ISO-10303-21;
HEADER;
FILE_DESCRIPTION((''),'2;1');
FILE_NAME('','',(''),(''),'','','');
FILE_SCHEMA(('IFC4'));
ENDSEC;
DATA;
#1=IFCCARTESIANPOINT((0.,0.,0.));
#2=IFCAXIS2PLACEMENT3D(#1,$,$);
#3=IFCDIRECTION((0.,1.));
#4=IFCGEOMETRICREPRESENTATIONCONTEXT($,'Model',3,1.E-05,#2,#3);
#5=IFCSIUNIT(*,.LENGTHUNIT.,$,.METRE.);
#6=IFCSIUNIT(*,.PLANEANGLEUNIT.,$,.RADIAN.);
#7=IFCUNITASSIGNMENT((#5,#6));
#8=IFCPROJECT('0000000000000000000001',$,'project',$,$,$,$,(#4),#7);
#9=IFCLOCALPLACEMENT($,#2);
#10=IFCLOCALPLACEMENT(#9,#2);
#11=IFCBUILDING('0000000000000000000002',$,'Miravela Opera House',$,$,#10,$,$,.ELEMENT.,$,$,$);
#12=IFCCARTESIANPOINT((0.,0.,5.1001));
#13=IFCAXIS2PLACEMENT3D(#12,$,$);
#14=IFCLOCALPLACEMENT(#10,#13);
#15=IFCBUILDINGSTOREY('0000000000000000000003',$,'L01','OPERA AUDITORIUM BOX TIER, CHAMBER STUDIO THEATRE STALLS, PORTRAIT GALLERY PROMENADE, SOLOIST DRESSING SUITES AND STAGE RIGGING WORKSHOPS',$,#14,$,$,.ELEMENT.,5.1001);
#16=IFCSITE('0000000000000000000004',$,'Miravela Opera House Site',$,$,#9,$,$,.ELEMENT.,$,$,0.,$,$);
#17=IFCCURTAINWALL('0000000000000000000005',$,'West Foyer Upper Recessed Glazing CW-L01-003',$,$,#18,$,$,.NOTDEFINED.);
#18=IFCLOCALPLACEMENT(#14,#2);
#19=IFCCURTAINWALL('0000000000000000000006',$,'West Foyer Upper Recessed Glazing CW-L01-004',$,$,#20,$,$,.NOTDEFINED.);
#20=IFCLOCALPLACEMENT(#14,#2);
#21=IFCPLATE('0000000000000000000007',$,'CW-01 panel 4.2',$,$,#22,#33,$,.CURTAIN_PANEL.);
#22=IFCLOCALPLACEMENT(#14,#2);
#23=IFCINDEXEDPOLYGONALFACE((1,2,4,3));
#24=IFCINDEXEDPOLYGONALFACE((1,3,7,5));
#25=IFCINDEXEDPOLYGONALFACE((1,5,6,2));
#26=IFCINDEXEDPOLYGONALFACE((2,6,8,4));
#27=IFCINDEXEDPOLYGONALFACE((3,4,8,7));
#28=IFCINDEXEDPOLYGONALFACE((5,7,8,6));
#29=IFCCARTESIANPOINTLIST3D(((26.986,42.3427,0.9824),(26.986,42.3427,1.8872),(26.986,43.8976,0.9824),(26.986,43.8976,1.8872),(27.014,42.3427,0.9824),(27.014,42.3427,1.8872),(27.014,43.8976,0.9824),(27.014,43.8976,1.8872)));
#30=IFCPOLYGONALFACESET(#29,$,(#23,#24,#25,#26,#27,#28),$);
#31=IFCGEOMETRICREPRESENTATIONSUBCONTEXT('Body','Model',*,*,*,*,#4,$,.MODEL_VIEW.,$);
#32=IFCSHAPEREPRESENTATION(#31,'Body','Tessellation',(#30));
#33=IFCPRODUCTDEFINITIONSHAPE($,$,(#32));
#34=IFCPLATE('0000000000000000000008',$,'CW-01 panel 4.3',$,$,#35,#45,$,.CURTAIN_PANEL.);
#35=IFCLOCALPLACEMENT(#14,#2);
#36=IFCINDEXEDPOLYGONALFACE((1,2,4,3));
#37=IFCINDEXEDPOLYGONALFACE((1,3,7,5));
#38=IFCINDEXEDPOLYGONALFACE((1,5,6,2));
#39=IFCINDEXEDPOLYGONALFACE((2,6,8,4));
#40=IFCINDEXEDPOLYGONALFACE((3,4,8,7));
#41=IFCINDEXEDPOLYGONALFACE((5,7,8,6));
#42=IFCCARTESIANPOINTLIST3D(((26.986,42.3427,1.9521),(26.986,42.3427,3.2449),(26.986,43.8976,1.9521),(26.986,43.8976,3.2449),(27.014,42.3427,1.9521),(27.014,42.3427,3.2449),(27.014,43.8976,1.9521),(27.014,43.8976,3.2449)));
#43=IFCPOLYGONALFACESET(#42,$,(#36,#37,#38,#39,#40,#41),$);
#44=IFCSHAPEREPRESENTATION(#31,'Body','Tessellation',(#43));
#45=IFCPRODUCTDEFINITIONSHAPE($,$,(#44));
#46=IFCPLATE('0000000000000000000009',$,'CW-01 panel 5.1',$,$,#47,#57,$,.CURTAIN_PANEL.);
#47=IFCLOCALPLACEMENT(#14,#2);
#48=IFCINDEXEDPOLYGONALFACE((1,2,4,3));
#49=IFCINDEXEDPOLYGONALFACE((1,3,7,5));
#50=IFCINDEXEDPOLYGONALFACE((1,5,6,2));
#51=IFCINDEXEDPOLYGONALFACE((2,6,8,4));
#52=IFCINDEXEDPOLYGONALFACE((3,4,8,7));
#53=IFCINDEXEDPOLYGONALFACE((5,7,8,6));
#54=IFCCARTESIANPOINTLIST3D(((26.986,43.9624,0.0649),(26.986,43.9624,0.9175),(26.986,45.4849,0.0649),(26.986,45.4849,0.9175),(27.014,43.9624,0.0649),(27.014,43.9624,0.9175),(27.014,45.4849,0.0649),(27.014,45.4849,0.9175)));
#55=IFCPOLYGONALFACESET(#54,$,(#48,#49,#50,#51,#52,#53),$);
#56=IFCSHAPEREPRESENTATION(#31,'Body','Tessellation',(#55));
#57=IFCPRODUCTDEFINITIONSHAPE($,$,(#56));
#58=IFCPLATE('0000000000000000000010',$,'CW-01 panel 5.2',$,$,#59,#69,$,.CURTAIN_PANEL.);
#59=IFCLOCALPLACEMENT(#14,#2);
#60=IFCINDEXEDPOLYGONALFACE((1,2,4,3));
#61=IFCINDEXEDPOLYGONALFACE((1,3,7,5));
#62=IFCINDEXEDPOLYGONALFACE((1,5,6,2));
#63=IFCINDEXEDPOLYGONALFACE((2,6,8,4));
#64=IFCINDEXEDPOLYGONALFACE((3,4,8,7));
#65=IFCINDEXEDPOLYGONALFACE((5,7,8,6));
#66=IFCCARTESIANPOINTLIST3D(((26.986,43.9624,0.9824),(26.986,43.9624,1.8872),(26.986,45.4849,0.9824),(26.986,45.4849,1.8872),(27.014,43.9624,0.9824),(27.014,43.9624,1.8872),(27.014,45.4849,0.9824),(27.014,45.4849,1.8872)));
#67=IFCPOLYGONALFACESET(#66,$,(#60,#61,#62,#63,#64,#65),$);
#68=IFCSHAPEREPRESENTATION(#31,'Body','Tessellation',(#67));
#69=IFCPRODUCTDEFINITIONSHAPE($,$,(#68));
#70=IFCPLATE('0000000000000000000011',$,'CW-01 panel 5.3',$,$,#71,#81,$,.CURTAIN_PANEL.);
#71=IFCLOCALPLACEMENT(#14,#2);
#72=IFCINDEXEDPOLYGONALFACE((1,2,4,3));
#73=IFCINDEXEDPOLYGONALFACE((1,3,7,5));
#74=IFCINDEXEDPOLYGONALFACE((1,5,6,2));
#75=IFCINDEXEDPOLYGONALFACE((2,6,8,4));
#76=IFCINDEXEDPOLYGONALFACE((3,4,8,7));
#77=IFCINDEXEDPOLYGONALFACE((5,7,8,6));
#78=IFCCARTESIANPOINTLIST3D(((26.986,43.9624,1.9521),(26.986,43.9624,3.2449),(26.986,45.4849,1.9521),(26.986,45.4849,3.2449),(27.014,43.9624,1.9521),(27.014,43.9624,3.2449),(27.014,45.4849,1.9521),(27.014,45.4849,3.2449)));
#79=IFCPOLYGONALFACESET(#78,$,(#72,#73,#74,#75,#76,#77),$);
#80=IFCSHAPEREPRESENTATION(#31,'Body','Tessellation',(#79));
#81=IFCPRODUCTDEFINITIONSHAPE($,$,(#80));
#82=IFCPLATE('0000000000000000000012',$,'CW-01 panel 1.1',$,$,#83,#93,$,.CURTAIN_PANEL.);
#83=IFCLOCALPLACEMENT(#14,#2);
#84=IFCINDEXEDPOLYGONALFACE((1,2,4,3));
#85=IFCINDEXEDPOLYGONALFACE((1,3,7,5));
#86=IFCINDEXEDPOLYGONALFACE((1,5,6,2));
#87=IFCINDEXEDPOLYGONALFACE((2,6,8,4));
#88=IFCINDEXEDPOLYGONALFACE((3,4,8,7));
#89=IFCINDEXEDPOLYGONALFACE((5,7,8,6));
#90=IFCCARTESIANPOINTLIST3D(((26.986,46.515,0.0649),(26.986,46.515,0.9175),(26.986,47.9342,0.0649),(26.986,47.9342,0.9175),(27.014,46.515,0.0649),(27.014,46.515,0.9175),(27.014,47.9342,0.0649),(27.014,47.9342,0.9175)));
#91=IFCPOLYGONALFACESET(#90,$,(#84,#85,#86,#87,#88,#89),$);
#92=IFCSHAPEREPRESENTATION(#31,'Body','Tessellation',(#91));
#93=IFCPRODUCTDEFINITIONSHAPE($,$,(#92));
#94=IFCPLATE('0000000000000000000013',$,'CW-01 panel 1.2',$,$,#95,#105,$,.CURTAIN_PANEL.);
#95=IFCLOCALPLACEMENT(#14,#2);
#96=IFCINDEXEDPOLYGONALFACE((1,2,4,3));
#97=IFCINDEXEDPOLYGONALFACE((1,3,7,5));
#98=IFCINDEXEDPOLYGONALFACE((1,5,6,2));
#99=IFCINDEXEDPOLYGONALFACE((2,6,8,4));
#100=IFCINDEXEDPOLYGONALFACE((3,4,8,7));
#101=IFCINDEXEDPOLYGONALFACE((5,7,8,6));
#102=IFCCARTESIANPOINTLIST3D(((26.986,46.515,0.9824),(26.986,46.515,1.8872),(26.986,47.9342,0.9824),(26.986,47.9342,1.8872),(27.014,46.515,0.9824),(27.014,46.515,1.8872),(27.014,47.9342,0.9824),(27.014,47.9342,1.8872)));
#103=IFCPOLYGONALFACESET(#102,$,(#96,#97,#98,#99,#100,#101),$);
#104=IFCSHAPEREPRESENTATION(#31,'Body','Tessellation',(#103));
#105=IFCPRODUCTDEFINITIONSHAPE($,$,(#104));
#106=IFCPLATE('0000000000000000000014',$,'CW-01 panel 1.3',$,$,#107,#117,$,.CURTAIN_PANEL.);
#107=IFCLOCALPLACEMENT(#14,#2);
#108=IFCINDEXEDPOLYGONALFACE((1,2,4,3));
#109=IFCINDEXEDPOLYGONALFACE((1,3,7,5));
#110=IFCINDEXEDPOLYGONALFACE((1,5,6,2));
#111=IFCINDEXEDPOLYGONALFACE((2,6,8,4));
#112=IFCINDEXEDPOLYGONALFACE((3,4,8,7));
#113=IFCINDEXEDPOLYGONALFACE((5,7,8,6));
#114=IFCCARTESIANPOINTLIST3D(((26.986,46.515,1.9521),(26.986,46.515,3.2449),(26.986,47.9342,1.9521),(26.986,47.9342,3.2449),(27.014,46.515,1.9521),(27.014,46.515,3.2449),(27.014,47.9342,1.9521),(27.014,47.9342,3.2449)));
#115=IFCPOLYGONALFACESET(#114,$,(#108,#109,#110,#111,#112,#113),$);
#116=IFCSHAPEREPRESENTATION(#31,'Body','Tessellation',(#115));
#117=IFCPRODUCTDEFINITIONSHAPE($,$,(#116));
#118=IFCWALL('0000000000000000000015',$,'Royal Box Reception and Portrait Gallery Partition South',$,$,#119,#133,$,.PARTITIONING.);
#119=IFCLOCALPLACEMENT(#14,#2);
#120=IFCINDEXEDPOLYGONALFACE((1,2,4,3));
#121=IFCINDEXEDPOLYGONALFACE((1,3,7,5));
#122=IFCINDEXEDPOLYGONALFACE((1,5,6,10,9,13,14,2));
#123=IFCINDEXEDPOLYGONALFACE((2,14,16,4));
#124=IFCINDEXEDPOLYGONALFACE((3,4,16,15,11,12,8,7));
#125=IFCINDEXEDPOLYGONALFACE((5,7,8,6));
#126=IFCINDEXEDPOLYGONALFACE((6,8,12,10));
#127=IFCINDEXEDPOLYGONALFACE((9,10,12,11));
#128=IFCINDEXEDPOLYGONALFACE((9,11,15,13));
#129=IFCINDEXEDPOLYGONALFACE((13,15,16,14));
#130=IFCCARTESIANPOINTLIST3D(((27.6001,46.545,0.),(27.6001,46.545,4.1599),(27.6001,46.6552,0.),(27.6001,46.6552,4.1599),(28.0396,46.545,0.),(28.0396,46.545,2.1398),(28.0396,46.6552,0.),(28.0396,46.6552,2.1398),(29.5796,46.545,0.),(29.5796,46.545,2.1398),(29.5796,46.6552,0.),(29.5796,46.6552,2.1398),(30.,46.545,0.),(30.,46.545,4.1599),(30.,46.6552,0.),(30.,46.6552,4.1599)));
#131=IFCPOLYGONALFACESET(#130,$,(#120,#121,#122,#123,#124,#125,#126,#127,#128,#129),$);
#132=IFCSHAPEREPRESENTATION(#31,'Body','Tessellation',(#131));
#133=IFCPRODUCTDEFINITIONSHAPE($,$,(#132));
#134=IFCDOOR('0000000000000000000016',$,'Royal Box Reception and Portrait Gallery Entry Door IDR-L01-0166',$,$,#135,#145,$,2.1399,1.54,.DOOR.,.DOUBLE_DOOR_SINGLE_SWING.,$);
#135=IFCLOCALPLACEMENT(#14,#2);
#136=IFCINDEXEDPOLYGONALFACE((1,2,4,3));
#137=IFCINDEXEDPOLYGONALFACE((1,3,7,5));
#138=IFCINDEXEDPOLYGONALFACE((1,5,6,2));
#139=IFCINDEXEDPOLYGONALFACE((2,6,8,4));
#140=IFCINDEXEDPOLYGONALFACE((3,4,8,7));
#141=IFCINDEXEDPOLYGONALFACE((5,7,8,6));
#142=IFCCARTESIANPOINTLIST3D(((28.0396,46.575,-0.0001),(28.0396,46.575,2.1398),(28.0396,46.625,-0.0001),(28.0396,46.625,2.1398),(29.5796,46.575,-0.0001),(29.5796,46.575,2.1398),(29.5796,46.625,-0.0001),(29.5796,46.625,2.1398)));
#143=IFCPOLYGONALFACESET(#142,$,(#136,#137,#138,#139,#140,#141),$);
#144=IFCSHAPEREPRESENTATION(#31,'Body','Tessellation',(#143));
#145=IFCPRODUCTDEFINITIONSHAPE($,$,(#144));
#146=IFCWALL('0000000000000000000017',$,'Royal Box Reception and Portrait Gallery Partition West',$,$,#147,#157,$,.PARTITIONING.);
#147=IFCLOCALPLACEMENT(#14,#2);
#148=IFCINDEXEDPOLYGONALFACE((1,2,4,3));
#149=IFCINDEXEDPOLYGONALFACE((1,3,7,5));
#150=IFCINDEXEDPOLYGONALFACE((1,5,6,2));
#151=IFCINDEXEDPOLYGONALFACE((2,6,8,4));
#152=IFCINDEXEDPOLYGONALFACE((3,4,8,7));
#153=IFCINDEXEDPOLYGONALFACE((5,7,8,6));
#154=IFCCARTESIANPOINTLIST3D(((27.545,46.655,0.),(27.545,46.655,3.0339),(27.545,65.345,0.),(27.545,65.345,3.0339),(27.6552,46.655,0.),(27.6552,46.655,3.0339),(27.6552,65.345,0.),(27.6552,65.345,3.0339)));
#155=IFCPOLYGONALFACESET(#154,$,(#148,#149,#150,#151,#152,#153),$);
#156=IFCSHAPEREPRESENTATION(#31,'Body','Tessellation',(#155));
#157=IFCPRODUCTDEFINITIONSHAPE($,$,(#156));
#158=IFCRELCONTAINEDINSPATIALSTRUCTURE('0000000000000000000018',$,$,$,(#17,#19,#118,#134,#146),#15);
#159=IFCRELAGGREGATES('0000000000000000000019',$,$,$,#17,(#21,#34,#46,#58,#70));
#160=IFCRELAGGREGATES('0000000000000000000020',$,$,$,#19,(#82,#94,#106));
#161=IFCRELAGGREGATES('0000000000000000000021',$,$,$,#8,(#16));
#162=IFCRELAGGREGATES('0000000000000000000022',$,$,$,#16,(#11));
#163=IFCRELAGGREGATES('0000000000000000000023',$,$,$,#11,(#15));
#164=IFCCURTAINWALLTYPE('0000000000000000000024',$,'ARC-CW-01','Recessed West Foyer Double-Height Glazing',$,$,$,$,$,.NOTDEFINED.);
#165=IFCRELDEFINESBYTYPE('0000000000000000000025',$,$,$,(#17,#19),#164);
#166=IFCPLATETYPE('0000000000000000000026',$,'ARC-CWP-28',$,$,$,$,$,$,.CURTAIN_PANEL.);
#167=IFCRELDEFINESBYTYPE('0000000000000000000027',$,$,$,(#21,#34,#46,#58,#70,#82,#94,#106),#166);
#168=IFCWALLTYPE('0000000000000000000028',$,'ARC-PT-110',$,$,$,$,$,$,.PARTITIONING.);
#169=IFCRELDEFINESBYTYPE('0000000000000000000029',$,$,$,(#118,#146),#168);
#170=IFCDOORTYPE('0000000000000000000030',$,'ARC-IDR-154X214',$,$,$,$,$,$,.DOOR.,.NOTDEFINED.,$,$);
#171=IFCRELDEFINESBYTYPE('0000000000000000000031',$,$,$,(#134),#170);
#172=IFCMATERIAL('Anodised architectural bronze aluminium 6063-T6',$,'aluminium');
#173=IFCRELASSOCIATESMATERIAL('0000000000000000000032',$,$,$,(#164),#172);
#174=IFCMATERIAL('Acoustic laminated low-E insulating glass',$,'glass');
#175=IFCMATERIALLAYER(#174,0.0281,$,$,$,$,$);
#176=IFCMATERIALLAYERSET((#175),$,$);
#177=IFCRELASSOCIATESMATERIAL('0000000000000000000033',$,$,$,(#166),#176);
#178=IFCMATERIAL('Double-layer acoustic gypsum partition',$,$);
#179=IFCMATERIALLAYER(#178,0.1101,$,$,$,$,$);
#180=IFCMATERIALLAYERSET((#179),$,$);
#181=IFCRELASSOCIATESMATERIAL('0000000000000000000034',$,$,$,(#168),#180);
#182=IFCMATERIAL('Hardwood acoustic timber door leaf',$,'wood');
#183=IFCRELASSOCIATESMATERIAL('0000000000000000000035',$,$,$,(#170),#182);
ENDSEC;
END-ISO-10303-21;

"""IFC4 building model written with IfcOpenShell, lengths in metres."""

from ifc_helpers import new_model, si_unit, direction, frame, frame_2d, origin, origin_2d, place, context, subcontext, project, spatial, rectangle, extrude, material, layer, layer_set, type_object, element, fill, aggregate, save


model = new_model("IFC4")

# Units and contexts
model_context = context("Model", 3, precision=1e-05, world=origin(), true_north=direction((0.0, 1.0)))
body_context = subcontext(model_context, "Body", "Model", "MODEL_VIEW")
ifc_project = project(units=[si_unit("LENGTHUNIT", "METRE"), si_unit("PLANEANGLEUNIT", "RADIAN")], contexts=[model_context])

# Site, building, storey
site_placement = place(None, origin())
site = spatial("IfcSite", under=ifc_project, at=site_placement, Name="Miravela Opera House Site", CompositionType="ELEMENT", RefElevation=0.0)
building_placement = place(site_placement, origin())
building = spatial("IfcBuilding", under=site, at=building_placement, Name="Miravela Opera House", CompositionType="ELEMENT")
storey_placement = place(building_placement, frame((0.0, 0.0, 5.1001)))
storey = spatial("IfcBuildingStorey", under=building, at=storey_placement, Name="L01", Description="OPERA AUDITORIUM BOX TIER, CHAMBER STUDIO THEATRE STALLS, PORTRAIT GALLERY PROMENADE, SOLOIST DRESSING SUITES AND STAGE RIGGING WORKSHOPS", CompositionType="ELEMENT", Elevation=5.1001)

# Curtain walls
ifc_material_1 = material(Name="Anodised architectural bronze aluminium 6063-T6", Category="aluminium")
curtain_wall_type = type_object("IfcCurtainWallType", Name="ARC-CW-01", Description="Recessed West Foyer Double-Height Glazing", PredefinedType="NOTDEFINED", material=ifc_material_1)
curtain_wall_1_placement = place(storey_placement, origin())
curtain_wall_1 = element("IfcCurtainWall", 1, at=curtain_wall_1_placement, inside=storey, type_object=curtain_wall_type, Name="West Foyer Upper Recessed Glazing CW-L01-003", PredefinedType="NOTDEFINED")
curtain_wall_2_placement = place(storey_placement, origin())
curtain_wall_2 = element("IfcCurtainWall", 2, at=curtain_wall_2_placement, inside=storey, type_object=curtain_wall_type, Name="West Foyer Upper Recessed Glazing CW-L01-004", PredefinedType="NOTDEFINED")

# Plates
ifc_material_2 = material(Name="Acoustic laminated low-E insulating glass", Category="glass")
ifc_layer_1 = layer(ifc_material_2, 0.0281)
ifc_layer_set_1 = layer_set([ifc_layer_1])
plate_type = type_object("IfcPlateType", Name="ARC-CWP-28", PredefinedType="CURTAIN_PANEL", material=ifc_layer_set_1)
plate_1_placement = place(storey_placement, frame((27.0, 43.1201, 0.9824), z_axis=(0.0, 0.0, 1.0), x_axis=(0.0, 1.0, 0.0)))
plate_1 = element("IfcPlate", 3, at=plate_1_placement, type_object=plate_type, Name="CW-01 panel 4.2", PredefinedType="CURTAIN_PANEL", context=body_context, shape_type="SweptSolid", body=[
    extrude(rectangle(XDim=1.5549, YDim=0.0281, at=origin_2d()), origin(), (0.0, 0.0, 1.0), 0.9048),
])
plate_2_placement = place(storey_placement, frame((27.0, 43.1201, 1.9521), z_axis=(0.0, 0.0, 1.0), x_axis=(0.0, 1.0, 0.0)))
plate_2 = element("IfcPlate", 4, at=plate_2_placement, type_object=plate_type, Name="CW-01 panel 4.3", PredefinedType="CURTAIN_PANEL", context=body_context, shape_type="SweptSolid", body=[
    extrude(rectangle(XDim=1.5549, YDim=0.0281, at=origin_2d()), origin(), (0.0, 0.0, 1.0), 1.2927),
])
plate_3_placement = place(storey_placement, frame((27.0, 44.7236, 0.0649), z_axis=(0.0, 0.0, 1.0), x_axis=(0.0, 1.0, 0.0)))
plate_3 = element("IfcPlate", 5, at=plate_3_placement, type_object=plate_type, Name="CW-01 panel 5.1", PredefinedType="CURTAIN_PANEL", context=body_context, shape_type="SweptSolid", body=[
    extrude(rectangle(XDim=1.5225, YDim=0.0281, at=origin_2d()), origin(), (0.0, 0.0, 1.0), 0.8525),
])
plate_4_placement = place(storey_placement, frame((27.0, 44.7236, 0.9824), z_axis=(0.0, 0.0, 1.0), x_axis=(0.0, 1.0, 0.0)))
plate_4 = element("IfcPlate", 6, at=plate_4_placement, type_object=plate_type, Name="CW-01 panel 5.2", PredefinedType="CURTAIN_PANEL", context=body_context, shape_type="SweptSolid", body=[
    extrude(rectangle(XDim=1.5225, YDim=0.0281, at=origin_2d()), origin(), (0.0, 0.0, 1.0), 0.9048),
])
plate_5_placement = place(storey_placement, frame((27.0, 44.7236, 1.9521), z_axis=(0.0, 0.0, 1.0), x_axis=(0.0, 1.0, 0.0)))
plate_5 = element("IfcPlate", 7, at=plate_5_placement, type_object=plate_type, Name="CW-01 panel 5.3", PredefinedType="CURTAIN_PANEL", context=body_context, shape_type="SweptSolid", body=[
    extrude(rectangle(XDim=1.5225, YDim=0.0281, at=origin_2d()), origin(), (0.0, 0.0, 1.0), 1.2927),
])
aggregate(curtain_wall_1, [plate_1, plate_2, plate_3, plate_4, plate_5])
plate_6_placement = place(storey_placement, frame((27.0, 47.2246, 0.0649), z_axis=(0.0, 0.0, 1.0), x_axis=(0.0, 1.0, 0.0)))
plate_6 = element("IfcPlate", 8, at=plate_6_placement, type_object=plate_type, Name="CW-01 panel 1.1", PredefinedType="CURTAIN_PANEL", context=body_context, shape_type="SweptSolid", body=[
    extrude(rectangle(XDim=1.4192, YDim=0.0281, at=origin_2d()), origin(), (0.0, 0.0, 1.0), 0.8525),
])
plate_7_placement = place(storey_placement, frame((27.0, 47.2246, 0.9824), z_axis=(0.0, 0.0, 1.0), x_axis=(0.0, 1.0, 0.0)))
plate_7 = element("IfcPlate", 9, at=plate_7_placement, type_object=plate_type, Name="CW-01 panel 1.2", PredefinedType="CURTAIN_PANEL", context=body_context, shape_type="SweptSolid", body=[
    extrude(rectangle(XDim=1.4192, YDim=0.0281, at=origin_2d()), origin(), (0.0, 0.0, 1.0), 0.9048),
])
plate_8_placement = place(storey_placement, frame((27.0, 47.2246, 1.9521), z_axis=(0.0, 0.0, 1.0), x_axis=(0.0, 1.0, 0.0)))
plate_8 = element("IfcPlate", 10, at=plate_8_placement, type_object=plate_type, Name="CW-01 panel 1.3", PredefinedType="CURTAIN_PANEL", context=body_context, shape_type="SweptSolid", body=[
    extrude(rectangle(XDim=1.4192, YDim=0.0281, at=origin_2d()), origin(), (0.0, 0.0, 1.0), 1.2927),
])
aggregate(curtain_wall_2, [plate_6, plate_7, plate_8])

# Wall, opening, door
ifc_material_3 = material(Name="Double-layer acoustic gypsum partition")
ifc_layer_2 = layer(ifc_material_3, 0.1101)
ifc_layer_set_2 = layer_set([ifc_layer_2])
wall_type = type_object("IfcWallType", Name="ARC-PT-110", PredefinedType="PARTITIONING", material=ifc_layer_set_2)
wall_1_placement = place(storey_placement, frame((27.6001, 46.6001, 0.0), z_axis=(0.0, 0.0, 1.0), x_axis=(1.0, 0.0, 0.0)))
wall_1 = element("IfcWall", 11, at=wall_1_placement, inside=storey, type_object=wall_type, Name="Royal Box Reception and Portrait Gallery Partition South", PredefinedType="PARTITIONING", context=body_context, shape_type="SweptSolid", body=[
    extrude(rectangle(XDim=2.3999, YDim=0.1101, at=frame_2d((1.2, 0.0))), origin(), (0.0, 0.0, 1.0), 4.1599),
])
opening_placement = place(wall_1_placement, frame((0.4395, 0.0, 0.0)))
opening = element("IfcOpeningElement", 12, at=opening_placement, cuts=wall_1, PredefinedType="OPENING", context=body_context, shape_type="SweptSolid", body=[
    extrude(rectangle(XDim=1.54, YDim=2.1399, at=frame_2d((0.77, 1.0698))), frame((0.0, 0.0649, 0.0), z_axis=(0.0, -1.0, 0.0), x_axis=(1.0, 0.0, 0.0)), (0.0, 0.0, 1.0), 0.1301),
])
ifc_material_4 = material(Name="Hardwood acoustic timber door leaf", Category="wood")
door_type = type_object("IfcDoorType", Name="ARC-IDR-154X214", OperationType="NOTDEFINED", PredefinedType="DOOR", material=ifc_material_4)
door_placement = place(opening_placement, origin())
door = element("IfcDoor", 13, at=door_placement, inside=storey, type_object=door_type, Name="Royal Box Reception and Portrait Gallery Entry Door IDR-L01-0166", OperationType="DOUBLE_DOOR_SINGLE_SWING", OverallHeight=2.1399, OverallWidth=1.54, PredefinedType="DOOR", context=body_context, shape_type="SweptSolid", body=[
    extrude(rectangle(XDim=1.54, YDim=2.1399, at=frame_2d((0.77, 1.0698))), frame((0.0, 0.0249, 0.0), z_axis=(0.0, -1.0, 0.0), x_axis=(1.0, 0.0, 0.0)), (0.0, 0.0, 1.0), 0.05),
])
fill(opening, door)

# Wall
wall_2_placement = place(storey_placement, frame((27.6001, 46.655, 0.0), z_axis=(0.0, 0.0, 1.0), x_axis=(0.0, 1.0, 0.0)))
element("IfcWall", 14, at=wall_2_placement, inside=storey, type_object=wall_type, Name="Royal Box Reception and Portrait Gallery Partition West", PredefinedType="PARTITIONING", context=body_context, shape_type="SweptSolid", body=[
    extrude(rectangle(XDim=18.6899, YDim=0.1101, at=frame_2d((9.345, 0.0))), origin(), (0.0, 0.0, 1.0), 3.0339),
])

save(model, "model.ifc")
